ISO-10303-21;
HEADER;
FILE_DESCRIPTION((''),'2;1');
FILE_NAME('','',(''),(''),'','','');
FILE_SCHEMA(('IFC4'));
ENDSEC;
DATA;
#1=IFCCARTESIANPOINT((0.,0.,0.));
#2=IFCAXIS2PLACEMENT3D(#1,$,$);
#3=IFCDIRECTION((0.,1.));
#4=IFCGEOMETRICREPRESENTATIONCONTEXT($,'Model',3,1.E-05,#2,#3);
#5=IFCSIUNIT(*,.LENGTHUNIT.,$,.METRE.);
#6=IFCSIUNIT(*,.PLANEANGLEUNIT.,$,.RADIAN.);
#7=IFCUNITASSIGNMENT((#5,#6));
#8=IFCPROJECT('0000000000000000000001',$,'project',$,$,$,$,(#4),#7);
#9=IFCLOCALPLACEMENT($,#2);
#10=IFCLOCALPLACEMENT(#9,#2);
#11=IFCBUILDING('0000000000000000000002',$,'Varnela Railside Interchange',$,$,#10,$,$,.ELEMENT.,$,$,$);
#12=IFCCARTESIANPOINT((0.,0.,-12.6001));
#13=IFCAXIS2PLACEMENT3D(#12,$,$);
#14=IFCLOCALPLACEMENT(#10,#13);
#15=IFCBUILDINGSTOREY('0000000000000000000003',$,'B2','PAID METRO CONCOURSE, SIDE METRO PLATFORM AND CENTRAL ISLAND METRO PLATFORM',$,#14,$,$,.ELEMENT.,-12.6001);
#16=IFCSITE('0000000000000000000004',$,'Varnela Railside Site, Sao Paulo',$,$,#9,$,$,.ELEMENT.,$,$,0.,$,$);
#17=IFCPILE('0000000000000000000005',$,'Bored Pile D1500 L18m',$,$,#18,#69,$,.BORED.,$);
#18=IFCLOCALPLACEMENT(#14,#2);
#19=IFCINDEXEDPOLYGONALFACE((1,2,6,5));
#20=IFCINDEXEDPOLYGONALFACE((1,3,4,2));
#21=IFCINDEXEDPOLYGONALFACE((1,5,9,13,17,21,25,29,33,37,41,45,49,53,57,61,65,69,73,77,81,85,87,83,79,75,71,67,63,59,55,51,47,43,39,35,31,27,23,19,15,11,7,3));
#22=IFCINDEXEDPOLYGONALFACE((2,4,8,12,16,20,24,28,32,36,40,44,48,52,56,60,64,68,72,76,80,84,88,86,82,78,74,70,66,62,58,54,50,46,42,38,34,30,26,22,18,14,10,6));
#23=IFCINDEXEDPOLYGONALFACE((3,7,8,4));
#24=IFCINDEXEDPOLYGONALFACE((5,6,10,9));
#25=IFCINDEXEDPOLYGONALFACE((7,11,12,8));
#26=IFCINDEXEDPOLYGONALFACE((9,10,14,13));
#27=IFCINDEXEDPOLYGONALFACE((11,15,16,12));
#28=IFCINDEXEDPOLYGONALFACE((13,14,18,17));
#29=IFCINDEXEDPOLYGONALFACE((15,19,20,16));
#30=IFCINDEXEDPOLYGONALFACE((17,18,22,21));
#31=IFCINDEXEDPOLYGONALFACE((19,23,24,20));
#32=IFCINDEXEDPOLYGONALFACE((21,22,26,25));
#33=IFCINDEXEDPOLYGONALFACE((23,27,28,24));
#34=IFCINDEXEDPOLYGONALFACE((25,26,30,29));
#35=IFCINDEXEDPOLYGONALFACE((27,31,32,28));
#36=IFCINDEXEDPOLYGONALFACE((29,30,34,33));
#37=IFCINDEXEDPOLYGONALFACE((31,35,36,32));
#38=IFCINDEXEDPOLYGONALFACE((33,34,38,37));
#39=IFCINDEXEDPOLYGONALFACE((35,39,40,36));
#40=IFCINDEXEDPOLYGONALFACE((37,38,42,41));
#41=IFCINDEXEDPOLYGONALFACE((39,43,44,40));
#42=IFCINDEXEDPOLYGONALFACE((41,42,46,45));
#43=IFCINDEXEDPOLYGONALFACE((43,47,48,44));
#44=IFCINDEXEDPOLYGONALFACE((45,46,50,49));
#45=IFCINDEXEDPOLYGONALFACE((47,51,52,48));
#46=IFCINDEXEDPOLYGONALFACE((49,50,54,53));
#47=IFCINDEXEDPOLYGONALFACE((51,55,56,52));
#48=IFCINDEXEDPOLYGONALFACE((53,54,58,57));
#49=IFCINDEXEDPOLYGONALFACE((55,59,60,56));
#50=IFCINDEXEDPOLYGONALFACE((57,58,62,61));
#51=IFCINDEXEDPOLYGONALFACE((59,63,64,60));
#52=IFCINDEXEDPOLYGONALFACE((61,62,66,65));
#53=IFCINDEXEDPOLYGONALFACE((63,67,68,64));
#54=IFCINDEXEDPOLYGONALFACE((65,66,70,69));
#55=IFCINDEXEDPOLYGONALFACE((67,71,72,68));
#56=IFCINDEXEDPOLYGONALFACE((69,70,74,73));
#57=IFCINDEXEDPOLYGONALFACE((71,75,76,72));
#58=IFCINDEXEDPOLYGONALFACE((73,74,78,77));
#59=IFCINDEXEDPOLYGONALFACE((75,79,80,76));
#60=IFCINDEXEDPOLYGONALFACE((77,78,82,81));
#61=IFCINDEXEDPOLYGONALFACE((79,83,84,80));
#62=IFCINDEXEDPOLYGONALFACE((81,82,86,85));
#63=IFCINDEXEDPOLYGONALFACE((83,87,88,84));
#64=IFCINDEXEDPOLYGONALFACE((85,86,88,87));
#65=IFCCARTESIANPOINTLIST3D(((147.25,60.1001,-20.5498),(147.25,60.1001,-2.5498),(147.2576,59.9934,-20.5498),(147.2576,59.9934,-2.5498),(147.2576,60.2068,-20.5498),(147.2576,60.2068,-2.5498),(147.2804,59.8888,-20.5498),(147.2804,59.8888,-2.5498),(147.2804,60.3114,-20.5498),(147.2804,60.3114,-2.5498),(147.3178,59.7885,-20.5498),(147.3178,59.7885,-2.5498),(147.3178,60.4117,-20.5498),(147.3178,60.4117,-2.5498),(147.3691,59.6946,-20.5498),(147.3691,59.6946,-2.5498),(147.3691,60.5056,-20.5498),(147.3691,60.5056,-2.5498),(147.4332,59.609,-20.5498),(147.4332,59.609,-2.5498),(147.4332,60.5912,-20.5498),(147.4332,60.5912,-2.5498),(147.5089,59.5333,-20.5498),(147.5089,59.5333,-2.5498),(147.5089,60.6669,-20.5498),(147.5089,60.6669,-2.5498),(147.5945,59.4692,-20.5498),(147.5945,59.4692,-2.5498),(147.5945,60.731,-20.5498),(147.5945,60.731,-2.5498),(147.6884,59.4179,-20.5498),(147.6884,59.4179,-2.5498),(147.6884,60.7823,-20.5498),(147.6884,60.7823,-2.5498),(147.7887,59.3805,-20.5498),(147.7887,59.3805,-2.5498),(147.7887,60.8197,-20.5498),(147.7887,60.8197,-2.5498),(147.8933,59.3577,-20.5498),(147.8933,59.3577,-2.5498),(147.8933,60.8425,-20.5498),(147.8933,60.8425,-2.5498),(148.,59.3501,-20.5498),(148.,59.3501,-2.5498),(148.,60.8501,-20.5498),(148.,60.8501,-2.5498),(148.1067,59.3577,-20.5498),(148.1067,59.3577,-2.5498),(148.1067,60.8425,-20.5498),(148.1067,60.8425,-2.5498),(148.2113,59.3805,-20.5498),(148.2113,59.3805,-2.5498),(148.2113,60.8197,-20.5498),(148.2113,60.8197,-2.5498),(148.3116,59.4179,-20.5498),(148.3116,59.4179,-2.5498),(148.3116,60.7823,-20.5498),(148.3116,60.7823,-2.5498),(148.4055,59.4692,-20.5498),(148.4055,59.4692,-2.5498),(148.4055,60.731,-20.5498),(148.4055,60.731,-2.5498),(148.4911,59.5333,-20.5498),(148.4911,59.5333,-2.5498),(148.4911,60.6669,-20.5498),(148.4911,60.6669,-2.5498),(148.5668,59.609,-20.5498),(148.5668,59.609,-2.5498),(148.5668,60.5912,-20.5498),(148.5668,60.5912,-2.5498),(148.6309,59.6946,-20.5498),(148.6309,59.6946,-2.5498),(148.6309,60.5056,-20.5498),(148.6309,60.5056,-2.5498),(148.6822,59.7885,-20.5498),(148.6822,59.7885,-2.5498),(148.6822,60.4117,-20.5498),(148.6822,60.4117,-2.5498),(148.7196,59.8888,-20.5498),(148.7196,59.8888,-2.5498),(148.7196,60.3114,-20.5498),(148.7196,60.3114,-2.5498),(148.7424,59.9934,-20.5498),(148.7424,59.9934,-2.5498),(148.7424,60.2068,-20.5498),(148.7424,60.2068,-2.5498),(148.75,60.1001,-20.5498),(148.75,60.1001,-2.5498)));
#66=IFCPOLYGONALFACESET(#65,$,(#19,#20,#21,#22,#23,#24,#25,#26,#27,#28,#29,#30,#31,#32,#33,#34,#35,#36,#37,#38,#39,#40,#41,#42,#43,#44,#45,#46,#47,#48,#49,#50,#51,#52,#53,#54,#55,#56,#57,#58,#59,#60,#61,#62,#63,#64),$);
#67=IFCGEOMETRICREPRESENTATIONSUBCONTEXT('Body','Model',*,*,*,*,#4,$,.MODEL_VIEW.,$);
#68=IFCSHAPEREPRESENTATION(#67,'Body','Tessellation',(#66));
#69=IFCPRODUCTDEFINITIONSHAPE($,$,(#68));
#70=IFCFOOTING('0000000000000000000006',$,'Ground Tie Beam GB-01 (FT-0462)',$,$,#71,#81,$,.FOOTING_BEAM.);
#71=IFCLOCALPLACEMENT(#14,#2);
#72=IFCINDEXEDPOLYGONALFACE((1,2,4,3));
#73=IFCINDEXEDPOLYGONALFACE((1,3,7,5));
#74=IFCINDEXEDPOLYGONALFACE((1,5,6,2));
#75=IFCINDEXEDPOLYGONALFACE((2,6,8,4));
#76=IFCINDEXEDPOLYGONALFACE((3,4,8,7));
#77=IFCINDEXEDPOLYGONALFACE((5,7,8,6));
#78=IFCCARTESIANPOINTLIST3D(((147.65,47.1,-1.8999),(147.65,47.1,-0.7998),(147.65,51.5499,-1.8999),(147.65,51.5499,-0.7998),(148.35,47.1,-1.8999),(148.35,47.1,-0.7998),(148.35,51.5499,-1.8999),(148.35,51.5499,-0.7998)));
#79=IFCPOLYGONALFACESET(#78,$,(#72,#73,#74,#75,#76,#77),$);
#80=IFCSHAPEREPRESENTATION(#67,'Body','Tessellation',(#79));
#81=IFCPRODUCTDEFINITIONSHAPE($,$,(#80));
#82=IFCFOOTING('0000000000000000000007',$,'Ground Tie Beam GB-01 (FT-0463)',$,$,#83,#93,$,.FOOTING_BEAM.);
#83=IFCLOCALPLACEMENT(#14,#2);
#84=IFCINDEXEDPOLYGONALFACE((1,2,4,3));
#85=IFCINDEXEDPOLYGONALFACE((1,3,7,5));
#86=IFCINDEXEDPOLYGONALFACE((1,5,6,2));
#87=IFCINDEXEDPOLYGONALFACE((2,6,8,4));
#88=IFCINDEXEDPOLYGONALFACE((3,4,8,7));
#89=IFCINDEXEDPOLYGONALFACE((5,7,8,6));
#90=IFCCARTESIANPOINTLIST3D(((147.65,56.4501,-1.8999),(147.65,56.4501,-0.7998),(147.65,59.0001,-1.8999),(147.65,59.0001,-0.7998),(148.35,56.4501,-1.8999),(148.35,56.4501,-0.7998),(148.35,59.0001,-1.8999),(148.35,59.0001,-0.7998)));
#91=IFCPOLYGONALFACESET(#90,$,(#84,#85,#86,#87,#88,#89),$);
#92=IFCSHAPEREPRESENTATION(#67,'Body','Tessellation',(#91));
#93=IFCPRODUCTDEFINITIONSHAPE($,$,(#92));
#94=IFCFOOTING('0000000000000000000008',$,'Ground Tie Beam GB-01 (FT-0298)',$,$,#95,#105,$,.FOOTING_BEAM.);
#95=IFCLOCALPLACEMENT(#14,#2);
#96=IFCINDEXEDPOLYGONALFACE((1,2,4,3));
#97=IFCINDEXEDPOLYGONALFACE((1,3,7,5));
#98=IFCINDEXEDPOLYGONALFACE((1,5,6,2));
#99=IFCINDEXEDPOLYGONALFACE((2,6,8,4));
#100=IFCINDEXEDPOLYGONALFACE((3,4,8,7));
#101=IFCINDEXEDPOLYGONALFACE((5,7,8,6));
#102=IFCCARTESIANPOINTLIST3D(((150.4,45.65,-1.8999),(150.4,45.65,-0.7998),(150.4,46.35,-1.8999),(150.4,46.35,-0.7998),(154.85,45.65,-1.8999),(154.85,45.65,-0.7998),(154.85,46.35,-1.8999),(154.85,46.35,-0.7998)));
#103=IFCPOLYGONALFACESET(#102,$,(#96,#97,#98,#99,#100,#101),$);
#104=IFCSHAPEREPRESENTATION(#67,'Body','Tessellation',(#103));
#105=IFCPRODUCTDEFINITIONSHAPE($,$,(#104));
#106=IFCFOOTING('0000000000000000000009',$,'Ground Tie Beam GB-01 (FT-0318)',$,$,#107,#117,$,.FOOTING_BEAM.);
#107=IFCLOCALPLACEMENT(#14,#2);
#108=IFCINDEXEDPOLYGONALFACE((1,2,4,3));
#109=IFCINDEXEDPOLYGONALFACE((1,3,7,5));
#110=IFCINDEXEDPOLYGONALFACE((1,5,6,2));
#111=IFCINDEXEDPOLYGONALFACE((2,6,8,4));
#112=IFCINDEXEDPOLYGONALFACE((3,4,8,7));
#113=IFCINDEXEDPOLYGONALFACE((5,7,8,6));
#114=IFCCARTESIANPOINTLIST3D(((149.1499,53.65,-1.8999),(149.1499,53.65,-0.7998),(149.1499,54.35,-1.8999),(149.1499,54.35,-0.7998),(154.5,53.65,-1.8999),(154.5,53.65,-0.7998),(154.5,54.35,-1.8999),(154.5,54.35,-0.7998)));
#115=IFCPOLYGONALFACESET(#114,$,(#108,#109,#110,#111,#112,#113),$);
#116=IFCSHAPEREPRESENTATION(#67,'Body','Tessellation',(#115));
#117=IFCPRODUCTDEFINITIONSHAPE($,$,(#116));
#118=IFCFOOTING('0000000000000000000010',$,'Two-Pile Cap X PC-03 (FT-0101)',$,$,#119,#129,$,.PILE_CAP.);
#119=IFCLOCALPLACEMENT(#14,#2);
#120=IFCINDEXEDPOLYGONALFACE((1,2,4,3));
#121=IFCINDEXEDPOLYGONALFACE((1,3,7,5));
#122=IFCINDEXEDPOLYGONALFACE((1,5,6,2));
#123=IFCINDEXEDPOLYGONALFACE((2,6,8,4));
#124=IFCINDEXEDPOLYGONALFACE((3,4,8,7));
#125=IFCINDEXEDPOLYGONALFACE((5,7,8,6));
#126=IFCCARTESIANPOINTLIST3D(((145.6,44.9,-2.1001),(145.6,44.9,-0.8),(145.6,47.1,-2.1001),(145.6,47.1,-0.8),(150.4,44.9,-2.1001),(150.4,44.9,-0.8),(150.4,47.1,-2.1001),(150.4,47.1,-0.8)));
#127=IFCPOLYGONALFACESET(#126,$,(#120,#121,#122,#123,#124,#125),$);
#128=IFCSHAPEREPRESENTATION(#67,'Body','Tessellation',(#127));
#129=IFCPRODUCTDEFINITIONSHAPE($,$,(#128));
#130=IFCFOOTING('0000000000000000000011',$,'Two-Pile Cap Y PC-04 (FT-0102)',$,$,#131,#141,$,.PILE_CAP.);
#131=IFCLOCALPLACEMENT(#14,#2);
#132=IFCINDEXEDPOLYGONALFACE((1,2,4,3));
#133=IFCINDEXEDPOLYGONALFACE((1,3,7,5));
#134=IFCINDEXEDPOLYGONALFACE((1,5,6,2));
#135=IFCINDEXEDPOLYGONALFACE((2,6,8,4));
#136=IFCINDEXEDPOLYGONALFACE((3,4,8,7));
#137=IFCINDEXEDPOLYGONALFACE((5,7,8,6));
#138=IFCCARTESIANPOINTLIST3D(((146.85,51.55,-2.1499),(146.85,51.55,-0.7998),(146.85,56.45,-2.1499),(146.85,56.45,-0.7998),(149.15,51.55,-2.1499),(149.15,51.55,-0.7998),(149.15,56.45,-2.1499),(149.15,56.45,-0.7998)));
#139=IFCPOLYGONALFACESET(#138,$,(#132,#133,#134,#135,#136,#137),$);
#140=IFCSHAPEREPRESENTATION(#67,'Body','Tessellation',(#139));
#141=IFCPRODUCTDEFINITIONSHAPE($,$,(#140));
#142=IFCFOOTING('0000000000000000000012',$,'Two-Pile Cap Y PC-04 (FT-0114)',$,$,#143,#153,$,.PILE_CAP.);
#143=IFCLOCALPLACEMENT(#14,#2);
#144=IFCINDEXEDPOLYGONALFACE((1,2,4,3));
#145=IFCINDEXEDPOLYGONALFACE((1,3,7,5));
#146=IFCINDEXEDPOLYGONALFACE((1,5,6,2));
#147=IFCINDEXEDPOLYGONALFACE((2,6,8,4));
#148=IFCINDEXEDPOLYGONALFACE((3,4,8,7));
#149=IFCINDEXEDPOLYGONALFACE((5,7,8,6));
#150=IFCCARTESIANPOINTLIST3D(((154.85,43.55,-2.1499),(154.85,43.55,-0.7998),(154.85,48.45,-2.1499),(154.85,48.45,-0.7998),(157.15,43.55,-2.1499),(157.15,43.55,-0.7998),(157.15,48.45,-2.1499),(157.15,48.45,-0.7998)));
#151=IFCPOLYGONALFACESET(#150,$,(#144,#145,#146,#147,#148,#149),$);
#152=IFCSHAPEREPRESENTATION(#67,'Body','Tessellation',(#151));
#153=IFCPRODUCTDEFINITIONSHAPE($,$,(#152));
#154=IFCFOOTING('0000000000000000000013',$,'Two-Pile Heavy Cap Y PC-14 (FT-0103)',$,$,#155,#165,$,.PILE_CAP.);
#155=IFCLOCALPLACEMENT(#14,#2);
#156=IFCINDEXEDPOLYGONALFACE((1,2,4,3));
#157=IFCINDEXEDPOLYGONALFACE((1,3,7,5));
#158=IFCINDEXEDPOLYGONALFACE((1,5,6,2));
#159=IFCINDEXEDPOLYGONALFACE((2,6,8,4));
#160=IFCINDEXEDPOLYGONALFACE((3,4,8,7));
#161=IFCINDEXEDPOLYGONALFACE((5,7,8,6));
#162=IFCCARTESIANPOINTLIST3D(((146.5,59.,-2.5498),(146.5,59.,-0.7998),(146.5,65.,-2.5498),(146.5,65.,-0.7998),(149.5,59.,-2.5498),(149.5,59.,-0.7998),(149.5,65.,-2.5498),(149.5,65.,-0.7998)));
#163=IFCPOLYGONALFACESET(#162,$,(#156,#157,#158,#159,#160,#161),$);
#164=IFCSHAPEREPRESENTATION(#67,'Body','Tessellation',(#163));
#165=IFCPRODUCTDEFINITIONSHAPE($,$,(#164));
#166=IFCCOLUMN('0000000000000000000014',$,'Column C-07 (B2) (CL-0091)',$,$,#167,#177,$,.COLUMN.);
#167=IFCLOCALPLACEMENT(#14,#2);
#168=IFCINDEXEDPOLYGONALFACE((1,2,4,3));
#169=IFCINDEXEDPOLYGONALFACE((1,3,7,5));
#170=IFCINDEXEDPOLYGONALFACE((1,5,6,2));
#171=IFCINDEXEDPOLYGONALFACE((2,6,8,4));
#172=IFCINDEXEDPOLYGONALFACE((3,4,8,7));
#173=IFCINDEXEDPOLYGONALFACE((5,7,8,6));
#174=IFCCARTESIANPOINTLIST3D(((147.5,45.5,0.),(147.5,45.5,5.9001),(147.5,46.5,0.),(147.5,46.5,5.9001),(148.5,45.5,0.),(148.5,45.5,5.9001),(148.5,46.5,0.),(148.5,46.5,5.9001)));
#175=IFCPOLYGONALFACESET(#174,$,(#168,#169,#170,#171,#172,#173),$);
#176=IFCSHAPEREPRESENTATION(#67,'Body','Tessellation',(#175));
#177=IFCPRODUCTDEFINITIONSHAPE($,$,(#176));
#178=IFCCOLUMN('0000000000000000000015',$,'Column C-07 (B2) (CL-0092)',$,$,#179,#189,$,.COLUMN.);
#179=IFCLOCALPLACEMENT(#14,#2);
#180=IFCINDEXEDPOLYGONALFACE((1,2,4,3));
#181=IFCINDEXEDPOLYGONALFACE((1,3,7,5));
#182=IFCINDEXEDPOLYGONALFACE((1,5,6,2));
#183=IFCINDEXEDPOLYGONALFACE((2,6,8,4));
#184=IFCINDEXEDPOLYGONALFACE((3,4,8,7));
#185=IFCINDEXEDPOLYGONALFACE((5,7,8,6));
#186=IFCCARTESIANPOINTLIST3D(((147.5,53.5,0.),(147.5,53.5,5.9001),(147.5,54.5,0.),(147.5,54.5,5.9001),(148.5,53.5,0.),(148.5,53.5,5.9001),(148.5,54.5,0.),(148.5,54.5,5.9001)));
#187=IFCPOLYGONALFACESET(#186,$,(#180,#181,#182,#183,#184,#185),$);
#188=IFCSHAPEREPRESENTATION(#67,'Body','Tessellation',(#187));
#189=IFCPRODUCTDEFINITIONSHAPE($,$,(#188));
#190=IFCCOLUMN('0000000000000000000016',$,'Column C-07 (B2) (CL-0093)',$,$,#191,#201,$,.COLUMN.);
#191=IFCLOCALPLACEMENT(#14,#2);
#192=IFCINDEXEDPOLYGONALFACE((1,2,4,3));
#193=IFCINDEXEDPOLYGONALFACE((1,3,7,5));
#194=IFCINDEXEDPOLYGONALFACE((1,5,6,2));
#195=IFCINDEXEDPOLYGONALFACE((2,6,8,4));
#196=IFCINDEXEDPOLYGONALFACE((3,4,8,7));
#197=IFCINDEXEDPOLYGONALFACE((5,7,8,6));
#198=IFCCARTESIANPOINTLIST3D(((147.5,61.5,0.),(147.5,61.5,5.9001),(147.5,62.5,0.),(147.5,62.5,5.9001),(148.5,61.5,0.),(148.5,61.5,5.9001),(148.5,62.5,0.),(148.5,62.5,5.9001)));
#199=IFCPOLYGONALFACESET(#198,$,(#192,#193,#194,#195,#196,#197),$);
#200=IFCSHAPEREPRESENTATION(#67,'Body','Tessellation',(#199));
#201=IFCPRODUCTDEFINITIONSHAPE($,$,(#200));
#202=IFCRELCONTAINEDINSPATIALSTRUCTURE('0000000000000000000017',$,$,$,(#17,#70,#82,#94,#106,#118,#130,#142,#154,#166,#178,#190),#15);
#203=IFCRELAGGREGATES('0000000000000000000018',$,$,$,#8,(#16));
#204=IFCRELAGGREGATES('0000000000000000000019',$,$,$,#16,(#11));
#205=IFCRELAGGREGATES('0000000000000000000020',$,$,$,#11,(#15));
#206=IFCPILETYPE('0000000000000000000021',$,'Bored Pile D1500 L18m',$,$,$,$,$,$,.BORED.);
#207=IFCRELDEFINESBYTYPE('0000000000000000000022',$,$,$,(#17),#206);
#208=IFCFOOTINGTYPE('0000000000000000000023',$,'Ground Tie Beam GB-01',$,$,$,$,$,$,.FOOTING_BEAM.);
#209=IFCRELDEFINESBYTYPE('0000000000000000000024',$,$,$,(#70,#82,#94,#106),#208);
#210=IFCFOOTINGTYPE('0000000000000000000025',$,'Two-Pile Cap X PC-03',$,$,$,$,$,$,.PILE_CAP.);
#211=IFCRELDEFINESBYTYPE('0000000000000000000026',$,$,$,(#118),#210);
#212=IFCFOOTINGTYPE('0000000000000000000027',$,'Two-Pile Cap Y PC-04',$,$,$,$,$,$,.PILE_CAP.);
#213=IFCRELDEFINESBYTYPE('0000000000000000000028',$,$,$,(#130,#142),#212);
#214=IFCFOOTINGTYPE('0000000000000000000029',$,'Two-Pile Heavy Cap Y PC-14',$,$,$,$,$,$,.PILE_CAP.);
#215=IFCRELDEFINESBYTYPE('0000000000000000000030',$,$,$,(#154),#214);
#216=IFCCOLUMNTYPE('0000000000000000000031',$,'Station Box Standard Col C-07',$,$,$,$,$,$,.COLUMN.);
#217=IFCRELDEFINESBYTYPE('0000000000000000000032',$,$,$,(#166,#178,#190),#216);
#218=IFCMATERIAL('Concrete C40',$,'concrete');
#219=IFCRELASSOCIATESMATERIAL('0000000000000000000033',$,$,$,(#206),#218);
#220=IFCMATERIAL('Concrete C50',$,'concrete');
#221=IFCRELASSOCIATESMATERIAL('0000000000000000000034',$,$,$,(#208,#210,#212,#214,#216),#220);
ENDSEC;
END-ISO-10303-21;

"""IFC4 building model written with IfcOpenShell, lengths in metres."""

from ifc_helpers import new_model, si_unit, direction, frame, origin, origin_2d, place, context, subcontext, project, spatial, rectangle, circle, extrude, material, material_profile, profile_set, type_object, element, save


model = new_model("IFC4")

# Units and contexts
model_context = context("Model", 3, precision=1e-05, world=origin(), true_north=direction((0.0, 1.0)))
body_context = subcontext(model_context, "Body", "Model", "MODEL_VIEW")
ifc_project = project(units=[si_unit("LENGTHUNIT", "METRE"), si_unit("PLANEANGLEUNIT", "RADIAN")], contexts=[model_context])

# Site, building, storey
site_placement = place(None, origin())
site = spatial("IfcSite", under=ifc_project, at=site_placement, Name="Varnela Railside Site, Sao Paulo", CompositionType="ELEMENT", RefElevation=0.0)
building_placement = place(site_placement, origin())
building = spatial("IfcBuilding", under=site, at=building_placement, Name="Varnela Railside Interchange", CompositionType="ELEMENT")
storey_placement = place(building_placement, frame((0.0, 0.0, -12.6001)))
storey = spatial("IfcBuildingStorey", under=building, at=storey_placement, Name="B2", Description="PAID METRO CONCOURSE, SIDE METRO PLATFORM AND CENTRAL ISLAND METRO PLATFORM", CompositionType="ELEMENT", Elevation=-12.6001)

# Pile
ifc_material_1 = material(Name="Concrete C40", Category="concrete")
ifc_material_profile_1 = material_profile(ifc_material_1, circle(Radius=0.75, at=origin_2d()), Name="BORED PILE D1500")
ifc_profile_set_1 = profile_set([ifc_material_profile_1], Name="Concrete C40")
pile_type_1 = type_object("IfcPileType", Name="Bored Pile D1500 L18m", PredefinedType="BORED", material=ifc_profile_set_1)
pile_placement = place(storey_placement, frame((148.0, 60.1001, -2.5498), z_axis=(0.0, 0.0, -1.0), x_axis=(1.0, 0.0, 0.0)))
element("IfcPile", 1, at=pile_placement, inside=storey, type_object=pile_type_1, Name="Bored Pile D1500 L18m", PredefinedType="BORED", context=body_context, shape_type="SweptSolid", body=[
    extrude(circle(Radius=0.75, at=origin_2d()), origin(), (0.0, 0.0, 1.0), 18.0),
])

# Footings
ifc_material_2 = material(Name="Concrete C50", Category="concrete")
footing_type_1 = type_object("IfcFootingType", Name="Ground Tie Beam GB-01", PredefinedType="FOOTING_BEAM", material=ifc_material_2)
footing_1_placement = place(storey_placement, frame((148.0, 49.325, -1.8999), z_axis=(0.0, 0.0, 1.0), x_axis=(1.0, 0.0, 0.0)))
element("IfcFooting", 2, at=footing_1_placement, inside=storey, type_object=footing_type_1, Name="Ground Tie Beam GB-01 (FT-0462)", PredefinedType="FOOTING_BEAM", context=body_context, shape_type="SweptSolid", body=[
    extrude(rectangle(XDim=0.7, YDim=4.45, at=origin_2d()), origin(), (0.0, 0.0, 1.0), 1.1001),
])
footing_2_placement = place(storey_placement, frame((148.0, 57.7251, -1.8999), z_axis=(0.0, 0.0, 1.0), x_axis=(1.0, 0.0, 0.0)))
element("IfcFooting", 3, at=footing_2_placement, inside=storey, type_object=footing_type_1, Name="Ground Tie Beam GB-01 (FT-0463)", PredefinedType="FOOTING_BEAM", context=body_context, shape_type="SweptSolid", body=[
    extrude(rectangle(XDim=0.7, YDim=2.55, at=origin_2d()), origin(), (0.0, 0.0, 1.0), 1.1001),
])
footing_3_placement = place(storey_placement, frame((152.625, 46.0, -1.8999), z_axis=(0.0, 0.0, 1.0), x_axis=(1.0, 0.0, 0.0)))
element("IfcFooting", 4, at=footing_3_placement, inside=storey, type_object=footing_type_1, Name="Ground Tie Beam GB-01 (FT-0298)", PredefinedType="FOOTING_BEAM", context=body_context, shape_type="SweptSolid", body=[
    extrude(rectangle(XDim=4.45, YDim=0.7, at=origin_2d()), origin(), (0.0, 0.0, 1.0), 1.1001),
])
footing_4_placement = place(storey_placement, frame((151.825, 54.0, -1.8999), z_axis=(0.0, 0.0, 1.0), x_axis=(1.0, 0.0, 0.0)))
element("IfcFooting", 5, at=footing_4_placement, inside=storey, type_object=footing_type_1, Name="Ground Tie Beam GB-01 (FT-0318)", PredefinedType="FOOTING_BEAM", context=body_context, shape_type="SweptSolid", body=[
    extrude(rectangle(XDim=5.3501, YDim=0.7, at=origin_2d()), origin(), (0.0, 0.0, 1.0), 1.1001),
])
footing_type_2 = type_object("IfcFootingType", Name="Two-Pile Cap X PC-03", PredefinedType="PILE_CAP", material=ifc_material_2)
footing_5_placement = place(storey_placement, frame((148.0, 46.0, -2.1001), z_axis=(0.0, 0.0, 1.0), x_axis=(1.0, 0.0, 0.0)))
element("IfcFooting", 6, at=footing_5_placement, inside=storey, type_object=footing_type_2, Name="Two-Pile Cap X PC-03 (FT-0101)", PredefinedType="PILE_CAP", context=body_context, shape_type="SweptSolid", body=[
    extrude(rectangle(XDim=4.8, YDim=2.2, at=origin_2d()), origin(), (0.0, 0.0, 1.0), 1.3),
])
footing_type_3 = type_object("IfcFootingType", Name="Two-Pile Cap Y PC-04", PredefinedType="PILE_CAP", material=ifc_material_2)
for number, where, z_axis, x_axis, name in (
    (7, (148.0, 54.0, -2.1499), (0.0, 0.0, 1.0), (1.0, 0.0, 0.0), "Two-Pile Cap Y PC-04 (FT-0102)"),
    (8, (156.0, 46.0, -2.1499), (0.0, 0.0, 1.0), (1.0, 0.0, 0.0), "Two-Pile Cap Y PC-04 (FT-0114)"),
):
    element("IfcFooting", number, at=place(storey_placement, frame(where, z_axis=z_axis, x_axis=x_axis)), inside=storey, type_object=footing_type_3, Name=name, PredefinedType="PILE_CAP", context=body_context, shape_type="SweptSolid", body=[
        extrude(rectangle(XDim=2.3, YDim=4.8999, at=origin_2d()), origin(), (0.0, 0.0, 1.0), 1.3501),
    ])
footing_type_4 = type_object("IfcFootingType", Name="Two-Pile Heavy Cap Y PC-14", PredefinedType="PILE_CAP", material=ifc_material_2)
footing_6_placement = place(storey_placement, frame((148.0, 62.0, -2.5498), z_axis=(0.0, 0.0, 1.0), x_axis=(1.0, 0.0, 0.0)))
element("IfcFooting", 9, at=footing_6_placement, inside=storey, type_object=footing_type_4, Name="Two-Pile Heavy Cap Y PC-14 (FT-0103)", PredefinedType="PILE_CAP", context=body_context, shape_type="SweptSolid", body=[
    extrude(rectangle(XDim=3.0, YDim=6.0, at=origin_2d()), origin(), (0.0, 0.0, 1.0), 1.75),
])

# Columns
ifc_material_profile_2 = material_profile(ifc_material_2, rectangle(XDim=1.0, YDim=1.0, at=origin_2d()), Name="RC 1000x1000")
ifc_profile_set_2 = profile_set([ifc_material_profile_2], Name="Concrete C50")
column_type = type_object("IfcColumnType", Name="Station Box Standard Col C-07", PredefinedType="COLUMN", material=ifc_profile_set_2)
for number, where, z_axis, x_axis, name in (
    (10, (148.0, 46.0, 0.0), (0.0, 0.0, 1.0), (1.0, 0.0, 0.0), "Column C-07 (B2) (CL-0091)"),
    (11, (148.0, 54.0, 0.0), (0.0, 0.0, 1.0), (1.0, 0.0, 0.0), "Column C-07 (B2) (CL-0092)"),
    (12, (148.0, 62.0, 0.0), (0.0, 0.0, 1.0), (1.0, 0.0, 0.0), "Column C-07 (B2) (CL-0093)"),
):
    element("IfcColumn", number, at=place(storey_placement, frame(where, z_axis=z_axis, x_axis=x_axis)), inside=storey, type_object=column_type, Name=name, PredefinedType="COLUMN", context=body_context, shape_type="SweptSolid", body=[
        extrude(rectangle(XDim=1.0, YDim=1.0, at=origin_2d()), origin(), (0.0, 0.0, 1.0), 5.9001),
    ])

save(model, "model.ifc")
